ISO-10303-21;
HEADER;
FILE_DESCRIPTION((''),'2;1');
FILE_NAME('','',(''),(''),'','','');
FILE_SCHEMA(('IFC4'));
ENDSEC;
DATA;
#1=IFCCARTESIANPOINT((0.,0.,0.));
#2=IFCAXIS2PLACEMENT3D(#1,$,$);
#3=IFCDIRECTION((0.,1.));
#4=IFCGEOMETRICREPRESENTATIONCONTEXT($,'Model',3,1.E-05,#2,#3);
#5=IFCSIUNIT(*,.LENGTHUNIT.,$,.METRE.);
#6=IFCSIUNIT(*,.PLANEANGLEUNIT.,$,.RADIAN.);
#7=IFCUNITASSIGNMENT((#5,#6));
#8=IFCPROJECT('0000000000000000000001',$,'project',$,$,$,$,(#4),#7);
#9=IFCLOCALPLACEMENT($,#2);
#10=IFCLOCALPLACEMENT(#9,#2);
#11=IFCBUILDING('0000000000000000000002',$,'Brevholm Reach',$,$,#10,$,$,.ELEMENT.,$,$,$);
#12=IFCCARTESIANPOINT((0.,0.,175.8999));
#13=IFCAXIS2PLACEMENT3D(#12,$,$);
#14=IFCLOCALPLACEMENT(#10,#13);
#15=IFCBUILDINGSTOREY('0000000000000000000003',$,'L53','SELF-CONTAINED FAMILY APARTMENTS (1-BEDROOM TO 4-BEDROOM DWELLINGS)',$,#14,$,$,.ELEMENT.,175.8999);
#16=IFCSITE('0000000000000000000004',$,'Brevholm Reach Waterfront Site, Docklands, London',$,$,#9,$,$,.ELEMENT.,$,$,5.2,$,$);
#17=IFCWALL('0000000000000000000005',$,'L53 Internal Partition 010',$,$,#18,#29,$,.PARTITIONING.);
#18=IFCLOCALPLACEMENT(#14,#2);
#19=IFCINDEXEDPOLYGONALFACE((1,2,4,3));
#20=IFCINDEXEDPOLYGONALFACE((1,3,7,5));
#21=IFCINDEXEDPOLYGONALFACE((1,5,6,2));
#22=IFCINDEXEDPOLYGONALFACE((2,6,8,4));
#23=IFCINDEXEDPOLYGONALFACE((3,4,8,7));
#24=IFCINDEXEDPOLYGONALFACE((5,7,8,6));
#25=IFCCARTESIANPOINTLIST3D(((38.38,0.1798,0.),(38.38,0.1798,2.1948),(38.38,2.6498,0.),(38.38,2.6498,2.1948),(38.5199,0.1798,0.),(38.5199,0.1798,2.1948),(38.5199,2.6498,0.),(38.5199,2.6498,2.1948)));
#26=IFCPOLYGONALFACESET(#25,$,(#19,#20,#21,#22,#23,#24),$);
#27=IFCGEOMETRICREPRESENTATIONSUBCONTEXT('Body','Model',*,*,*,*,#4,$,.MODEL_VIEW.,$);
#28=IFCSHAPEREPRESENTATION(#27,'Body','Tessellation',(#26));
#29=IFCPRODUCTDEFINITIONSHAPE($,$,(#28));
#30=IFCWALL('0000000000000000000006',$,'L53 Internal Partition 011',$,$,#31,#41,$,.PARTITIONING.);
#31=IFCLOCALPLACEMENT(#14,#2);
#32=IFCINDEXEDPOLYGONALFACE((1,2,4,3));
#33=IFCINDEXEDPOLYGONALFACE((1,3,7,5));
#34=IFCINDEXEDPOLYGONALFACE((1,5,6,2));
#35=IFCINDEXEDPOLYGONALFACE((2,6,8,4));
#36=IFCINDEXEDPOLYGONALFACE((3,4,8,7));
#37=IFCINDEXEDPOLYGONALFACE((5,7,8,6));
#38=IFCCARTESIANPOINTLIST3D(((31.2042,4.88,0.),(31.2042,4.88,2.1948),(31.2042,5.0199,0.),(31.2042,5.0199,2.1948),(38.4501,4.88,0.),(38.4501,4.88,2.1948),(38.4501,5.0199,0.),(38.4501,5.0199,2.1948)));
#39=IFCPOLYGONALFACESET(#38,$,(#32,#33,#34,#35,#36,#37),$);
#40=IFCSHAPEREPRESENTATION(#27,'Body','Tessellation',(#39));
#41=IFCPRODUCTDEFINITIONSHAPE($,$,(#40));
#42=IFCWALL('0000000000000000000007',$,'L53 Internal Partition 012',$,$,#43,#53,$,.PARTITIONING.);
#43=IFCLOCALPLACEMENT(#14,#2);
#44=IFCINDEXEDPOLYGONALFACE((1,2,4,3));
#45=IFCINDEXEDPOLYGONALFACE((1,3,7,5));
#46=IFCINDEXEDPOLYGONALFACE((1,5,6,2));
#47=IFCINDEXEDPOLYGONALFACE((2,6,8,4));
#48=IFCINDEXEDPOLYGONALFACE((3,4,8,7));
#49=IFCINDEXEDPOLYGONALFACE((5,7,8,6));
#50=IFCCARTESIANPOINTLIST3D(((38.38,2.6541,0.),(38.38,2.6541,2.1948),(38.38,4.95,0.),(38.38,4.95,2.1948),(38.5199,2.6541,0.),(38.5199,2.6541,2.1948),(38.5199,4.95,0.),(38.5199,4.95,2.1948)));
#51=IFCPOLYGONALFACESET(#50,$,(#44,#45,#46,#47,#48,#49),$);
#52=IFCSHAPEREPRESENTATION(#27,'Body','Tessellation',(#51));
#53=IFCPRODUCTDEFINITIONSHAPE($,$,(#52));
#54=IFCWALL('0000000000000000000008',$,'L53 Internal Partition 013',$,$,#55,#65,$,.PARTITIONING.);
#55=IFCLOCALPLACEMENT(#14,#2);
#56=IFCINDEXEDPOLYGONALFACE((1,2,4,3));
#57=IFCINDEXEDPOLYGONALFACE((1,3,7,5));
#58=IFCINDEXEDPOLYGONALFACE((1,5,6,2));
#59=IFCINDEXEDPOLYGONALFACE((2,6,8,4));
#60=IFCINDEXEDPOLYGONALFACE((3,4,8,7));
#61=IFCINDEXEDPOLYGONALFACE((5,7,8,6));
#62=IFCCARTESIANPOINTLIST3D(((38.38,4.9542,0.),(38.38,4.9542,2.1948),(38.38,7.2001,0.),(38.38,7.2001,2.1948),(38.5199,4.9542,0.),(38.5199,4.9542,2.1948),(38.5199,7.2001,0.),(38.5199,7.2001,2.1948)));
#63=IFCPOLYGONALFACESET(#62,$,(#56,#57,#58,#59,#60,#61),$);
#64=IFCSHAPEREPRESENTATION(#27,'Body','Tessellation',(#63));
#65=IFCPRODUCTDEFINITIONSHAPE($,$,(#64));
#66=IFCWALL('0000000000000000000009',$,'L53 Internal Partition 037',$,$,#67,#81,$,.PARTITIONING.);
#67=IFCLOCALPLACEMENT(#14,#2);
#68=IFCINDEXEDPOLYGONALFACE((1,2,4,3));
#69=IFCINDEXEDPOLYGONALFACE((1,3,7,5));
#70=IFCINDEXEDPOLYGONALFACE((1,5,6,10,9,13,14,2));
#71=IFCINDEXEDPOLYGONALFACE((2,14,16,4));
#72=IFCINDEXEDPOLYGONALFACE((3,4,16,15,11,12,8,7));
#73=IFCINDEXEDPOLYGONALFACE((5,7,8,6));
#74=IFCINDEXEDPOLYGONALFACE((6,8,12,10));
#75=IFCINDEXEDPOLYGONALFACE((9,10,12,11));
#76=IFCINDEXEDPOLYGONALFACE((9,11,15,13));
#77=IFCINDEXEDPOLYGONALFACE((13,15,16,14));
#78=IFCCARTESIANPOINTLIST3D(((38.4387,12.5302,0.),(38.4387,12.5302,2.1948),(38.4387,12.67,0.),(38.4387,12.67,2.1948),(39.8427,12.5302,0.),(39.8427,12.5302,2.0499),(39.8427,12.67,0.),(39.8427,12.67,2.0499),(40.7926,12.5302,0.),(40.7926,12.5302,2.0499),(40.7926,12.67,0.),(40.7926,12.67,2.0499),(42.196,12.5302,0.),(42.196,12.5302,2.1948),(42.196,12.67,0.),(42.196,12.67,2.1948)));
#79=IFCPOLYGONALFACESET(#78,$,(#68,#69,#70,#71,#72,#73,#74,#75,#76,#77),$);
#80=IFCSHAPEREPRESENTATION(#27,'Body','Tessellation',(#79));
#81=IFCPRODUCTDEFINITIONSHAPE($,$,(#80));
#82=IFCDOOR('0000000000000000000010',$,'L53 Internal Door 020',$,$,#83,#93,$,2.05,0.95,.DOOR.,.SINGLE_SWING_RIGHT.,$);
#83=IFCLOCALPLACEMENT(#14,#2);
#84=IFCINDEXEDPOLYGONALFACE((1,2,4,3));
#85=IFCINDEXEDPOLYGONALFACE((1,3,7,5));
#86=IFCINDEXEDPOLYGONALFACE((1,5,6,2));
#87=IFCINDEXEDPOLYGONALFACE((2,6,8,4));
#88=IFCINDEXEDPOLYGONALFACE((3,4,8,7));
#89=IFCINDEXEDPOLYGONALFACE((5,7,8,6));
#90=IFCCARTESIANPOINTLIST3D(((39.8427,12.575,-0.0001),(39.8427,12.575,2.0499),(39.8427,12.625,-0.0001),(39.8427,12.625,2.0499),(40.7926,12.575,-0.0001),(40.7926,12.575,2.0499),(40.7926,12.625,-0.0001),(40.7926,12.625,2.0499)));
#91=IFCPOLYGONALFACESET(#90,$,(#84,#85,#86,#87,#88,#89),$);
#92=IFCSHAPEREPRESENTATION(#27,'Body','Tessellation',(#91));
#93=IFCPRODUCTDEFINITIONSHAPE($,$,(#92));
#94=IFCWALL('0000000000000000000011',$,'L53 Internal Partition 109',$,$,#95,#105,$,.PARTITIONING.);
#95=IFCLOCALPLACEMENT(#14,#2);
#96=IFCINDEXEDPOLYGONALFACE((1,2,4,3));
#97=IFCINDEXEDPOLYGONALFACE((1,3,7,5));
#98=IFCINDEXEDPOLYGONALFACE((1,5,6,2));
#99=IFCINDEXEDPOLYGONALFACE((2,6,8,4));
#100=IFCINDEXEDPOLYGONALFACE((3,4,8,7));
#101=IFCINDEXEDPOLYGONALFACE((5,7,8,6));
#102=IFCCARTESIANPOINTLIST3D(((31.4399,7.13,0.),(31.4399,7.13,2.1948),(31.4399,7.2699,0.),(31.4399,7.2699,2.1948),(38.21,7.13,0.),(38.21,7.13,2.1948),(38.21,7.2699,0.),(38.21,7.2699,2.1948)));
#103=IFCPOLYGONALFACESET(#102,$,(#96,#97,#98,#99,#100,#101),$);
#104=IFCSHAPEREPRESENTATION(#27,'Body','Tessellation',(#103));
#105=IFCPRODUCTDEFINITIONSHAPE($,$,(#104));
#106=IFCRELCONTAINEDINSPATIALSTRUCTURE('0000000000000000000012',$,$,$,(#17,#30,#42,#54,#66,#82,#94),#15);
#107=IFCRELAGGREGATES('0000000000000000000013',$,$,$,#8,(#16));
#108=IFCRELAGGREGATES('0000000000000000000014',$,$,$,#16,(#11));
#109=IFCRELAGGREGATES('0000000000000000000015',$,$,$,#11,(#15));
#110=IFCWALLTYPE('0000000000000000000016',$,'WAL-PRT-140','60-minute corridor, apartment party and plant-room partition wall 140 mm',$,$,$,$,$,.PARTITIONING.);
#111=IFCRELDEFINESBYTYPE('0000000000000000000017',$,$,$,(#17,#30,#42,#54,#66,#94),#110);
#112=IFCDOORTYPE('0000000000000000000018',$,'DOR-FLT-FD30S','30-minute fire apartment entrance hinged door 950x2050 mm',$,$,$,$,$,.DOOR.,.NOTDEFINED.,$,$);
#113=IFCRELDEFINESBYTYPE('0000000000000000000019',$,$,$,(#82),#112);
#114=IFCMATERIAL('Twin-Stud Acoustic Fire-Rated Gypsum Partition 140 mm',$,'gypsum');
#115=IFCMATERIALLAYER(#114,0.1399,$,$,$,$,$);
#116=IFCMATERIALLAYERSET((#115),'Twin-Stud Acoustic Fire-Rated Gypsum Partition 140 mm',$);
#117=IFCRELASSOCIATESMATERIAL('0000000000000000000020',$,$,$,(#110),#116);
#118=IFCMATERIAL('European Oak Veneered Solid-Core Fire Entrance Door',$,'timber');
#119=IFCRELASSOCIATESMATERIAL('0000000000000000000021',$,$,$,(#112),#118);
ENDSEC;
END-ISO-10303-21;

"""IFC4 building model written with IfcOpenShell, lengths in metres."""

from ifc_helpers import new_model, si_unit, direction, frame, frame_2d, origin, place, context, subcontext, project, spatial, rectangle, extrude, material, layer, layer_set, type_object, element, fill, save


model = new_model("IFC4")

# Units and contexts
model_context = context("Model", 3, precision=1e-05, world=origin(), true_north=direction((0.0, 1.0)))
body_context = subcontext(model_context, "Body", "Model", "MODEL_VIEW")
ifc_project = project(units=[si_unit("LENGTHUNIT", "METRE"), si_unit("PLANEANGLEUNIT", "RADIAN")], contexts=[model_context])

# Site, building, storey
site_placement = place(None, origin())
site = spatial("IfcSite", under=ifc_project, at=site_placement, Name="Brevholm Reach Waterfront Site, Docklands, London", CompositionType="ELEMENT", RefElevation=5.2)
building_placement = place(site_placement, origin())
building = spatial("IfcBuilding", under=site, at=building_placement, Name="Brevholm Reach", CompositionType="ELEMENT")
storey_placement = place(building_placement, frame((0.0, 0.0, 175.8999)))
storey = spatial("IfcBuildingStorey", under=building, at=storey_placement, Name="L53", Description="SELF-CONTAINED FAMILY APARTMENTS (1-BEDROOM TO 4-BEDROOM DWELLINGS)", CompositionType="ELEMENT", Elevation=175.8999)

# Shared definitions
ifc_material_1 = material(Name="Twin-Stud Acoustic Fire-Rated Gypsum Partition 140 mm", Category="gypsum")
ifc_layer_1 = layer(ifc_material_1, 0.1399)
ifc_layer_set_1 = layer_set([ifc_layer_1], Name="Twin-Stud Acoustic Fire-Rated Gypsum Partition 140 mm")
wall_type = type_object("IfcWallType", Name="WAL-PRT-140", Description="60-minute corridor, apartment party and plant-room partition wall 140 mm", PredefinedType="PARTITIONING", material=ifc_layer_set_1)

# Walls
wall_1_placement = place(storey_placement, frame((38.45, 0.1799, 0.0), z_axis=(0.0, 0.0, 1.0), x_axis=(0.0, 1.0, 0.0)))
element("IfcWall", 1, at=wall_1_placement, inside=storey, type_object=wall_type, Name="L53 Internal Partition 010", PredefinedType="PARTITIONING", context=body_context, shape_type="SweptSolid", body=[
    extrude(rectangle(XDim=2.47, YDim=0.1399, at=frame_2d((1.2349, 0.0))), origin(), (0.0, 0.0, 1.0), 2.1948),
])
wall_2_placement = place(storey_placement, frame((31.2041, 4.95, 0.0), z_axis=(0.0, 0.0, 1.0), x_axis=(1.0, 0.0, 0.0)))
element("IfcWall", 2, at=wall_2_placement, inside=storey, type_object=wall_type, Name="L53 Internal Partition 011", PredefinedType="PARTITIONING", context=body_context, shape_type="SweptSolid", body=[
    extrude(rectangle(XDim=7.2458, YDim=0.1399, at=frame_2d((3.623, 0.0))), origin(), (0.0, 0.0, 1.0), 2.1948),
])
wall_3_placement = place(storey_placement, frame((38.45, 2.6541, 0.0), z_axis=(0.0, 0.0, 1.0), x_axis=(0.0, 1.0, 0.0)))
element("IfcWall", 3, at=wall_3_placement, inside=storey, type_object=wall_type, Name="L53 Internal Partition 012", PredefinedType="PARTITIONING", context=body_context, shape_type="SweptSolid", body=[
    extrude(rectangle(XDim=2.2959, YDim=0.1399, at=frame_2d((1.1479, 0.0))), origin(), (0.0, 0.0, 1.0), 2.1948),
])
wall_4_placement = place(storey_placement, frame((38.45, 4.9541, 0.0), z_axis=(0.0, 0.0, 1.0), x_axis=(0.0, 1.0, 0.0)))
element("IfcWall", 4, at=wall_4_placement, inside=storey, type_object=wall_type, Name="L53 Internal Partition 013", PredefinedType="PARTITIONING", context=body_context, shape_type="SweptSolid", body=[
    extrude(rectangle(XDim=2.2458, YDim=0.1399, at=frame_2d((1.123, 0.0))), origin(), (0.0, 0.0, 1.0), 2.1948),
])

# Wall, opening, door
wall_5_placement = place(storey_placement, frame((38.4387, 12.6001, 0.0), z_axis=(0.0, 0.0, 1.0), x_axis=(1.0, 0.0, 0.0)))
wall_5 = element("IfcWall", 5, at=wall_5_placement, inside=storey, type_object=wall_type, Name="L53 Internal Partition 037", PredefinedType="PARTITIONING", context=body_context, shape_type="SweptSolid", body=[
    extrude(rectangle(XDim=3.7573, YDim=0.1399, at=frame_2d((1.8787, 0.0))), origin(), (0.0, 0.0, 1.0), 2.1948),
])
opening_1_placement = place(wall_5_placement, frame((1.4038, 0.0, 0.0)))
opening_1 = element("IfcOpeningElement", 6, at=opening_1_placement, cuts=wall_5, PredefinedType="OPENING", context=body_context, shape_type="SweptSolid", body=[
    extrude(rectangle(XDim=0.95, YDim=2.05, at=frame_2d((0.4751, 1.0249))), frame((0.0, 0.0798, 0.0), z_axis=(0.0, -1.0, 0.0), x_axis=(1.0, 0.0, 0.0)), (0.0, 0.0, 1.0), 0.1599),
])
ifc_material_2 = material(Name="European Oak Veneered Solid-Core Fire Entrance Door", Category="timber")
door_type_1 = type_object("IfcDoorType", Name="DOR-FLT-FD30S", Description="30-minute fire apartment entrance hinged door 950x2050 mm", OperationType="NOTDEFINED", PredefinedType="DOOR", material=ifc_material_2)
door_1_placement = place(opening_1_placement, origin())
door_1 = element("IfcDoor", 7, at=door_1_placement, inside=storey, type_object=door_type_1, Name="L53 Internal Door 020", OperationType="SINGLE_SWING_RIGHT", OverallHeight=2.05, OverallWidth=0.95, PredefinedType="DOOR", context=body_context, shape_type="SweptSolid", body=[
    extrude(rectangle(XDim=0.95, YDim=2.05, at=frame_2d((0.4751, 1.0249))), frame((0.0, 0.0249, 0.0), z_axis=(0.0, -1.0, 0.0), x_axis=(1.0, 0.0, 0.0)), (0.0, 0.0, 1.0), 0.05),
])
fill(opening_1, door_1)

# Wall
wall_6_placement = place(storey_placement, frame((31.4399, 7.2, 0.0), z_axis=(0.0, 0.0, 1.0), x_axis=(1.0, 0.0, 0.0)))
element("IfcWall", 8, at=wall_6_placement, inside=storey, type_object=wall_type, Name="L53 Internal Partition 109", PredefinedType="PARTITIONING", context=body_context, shape_type="SweptSolid", body=[
    extrude(rectangle(XDim=6.77, YDim=0.1399, at=frame_2d((3.385, 0.0))), origin(), (0.0, 0.0, 1.0), 2.1948),
])

save(model, "model.ifc")
